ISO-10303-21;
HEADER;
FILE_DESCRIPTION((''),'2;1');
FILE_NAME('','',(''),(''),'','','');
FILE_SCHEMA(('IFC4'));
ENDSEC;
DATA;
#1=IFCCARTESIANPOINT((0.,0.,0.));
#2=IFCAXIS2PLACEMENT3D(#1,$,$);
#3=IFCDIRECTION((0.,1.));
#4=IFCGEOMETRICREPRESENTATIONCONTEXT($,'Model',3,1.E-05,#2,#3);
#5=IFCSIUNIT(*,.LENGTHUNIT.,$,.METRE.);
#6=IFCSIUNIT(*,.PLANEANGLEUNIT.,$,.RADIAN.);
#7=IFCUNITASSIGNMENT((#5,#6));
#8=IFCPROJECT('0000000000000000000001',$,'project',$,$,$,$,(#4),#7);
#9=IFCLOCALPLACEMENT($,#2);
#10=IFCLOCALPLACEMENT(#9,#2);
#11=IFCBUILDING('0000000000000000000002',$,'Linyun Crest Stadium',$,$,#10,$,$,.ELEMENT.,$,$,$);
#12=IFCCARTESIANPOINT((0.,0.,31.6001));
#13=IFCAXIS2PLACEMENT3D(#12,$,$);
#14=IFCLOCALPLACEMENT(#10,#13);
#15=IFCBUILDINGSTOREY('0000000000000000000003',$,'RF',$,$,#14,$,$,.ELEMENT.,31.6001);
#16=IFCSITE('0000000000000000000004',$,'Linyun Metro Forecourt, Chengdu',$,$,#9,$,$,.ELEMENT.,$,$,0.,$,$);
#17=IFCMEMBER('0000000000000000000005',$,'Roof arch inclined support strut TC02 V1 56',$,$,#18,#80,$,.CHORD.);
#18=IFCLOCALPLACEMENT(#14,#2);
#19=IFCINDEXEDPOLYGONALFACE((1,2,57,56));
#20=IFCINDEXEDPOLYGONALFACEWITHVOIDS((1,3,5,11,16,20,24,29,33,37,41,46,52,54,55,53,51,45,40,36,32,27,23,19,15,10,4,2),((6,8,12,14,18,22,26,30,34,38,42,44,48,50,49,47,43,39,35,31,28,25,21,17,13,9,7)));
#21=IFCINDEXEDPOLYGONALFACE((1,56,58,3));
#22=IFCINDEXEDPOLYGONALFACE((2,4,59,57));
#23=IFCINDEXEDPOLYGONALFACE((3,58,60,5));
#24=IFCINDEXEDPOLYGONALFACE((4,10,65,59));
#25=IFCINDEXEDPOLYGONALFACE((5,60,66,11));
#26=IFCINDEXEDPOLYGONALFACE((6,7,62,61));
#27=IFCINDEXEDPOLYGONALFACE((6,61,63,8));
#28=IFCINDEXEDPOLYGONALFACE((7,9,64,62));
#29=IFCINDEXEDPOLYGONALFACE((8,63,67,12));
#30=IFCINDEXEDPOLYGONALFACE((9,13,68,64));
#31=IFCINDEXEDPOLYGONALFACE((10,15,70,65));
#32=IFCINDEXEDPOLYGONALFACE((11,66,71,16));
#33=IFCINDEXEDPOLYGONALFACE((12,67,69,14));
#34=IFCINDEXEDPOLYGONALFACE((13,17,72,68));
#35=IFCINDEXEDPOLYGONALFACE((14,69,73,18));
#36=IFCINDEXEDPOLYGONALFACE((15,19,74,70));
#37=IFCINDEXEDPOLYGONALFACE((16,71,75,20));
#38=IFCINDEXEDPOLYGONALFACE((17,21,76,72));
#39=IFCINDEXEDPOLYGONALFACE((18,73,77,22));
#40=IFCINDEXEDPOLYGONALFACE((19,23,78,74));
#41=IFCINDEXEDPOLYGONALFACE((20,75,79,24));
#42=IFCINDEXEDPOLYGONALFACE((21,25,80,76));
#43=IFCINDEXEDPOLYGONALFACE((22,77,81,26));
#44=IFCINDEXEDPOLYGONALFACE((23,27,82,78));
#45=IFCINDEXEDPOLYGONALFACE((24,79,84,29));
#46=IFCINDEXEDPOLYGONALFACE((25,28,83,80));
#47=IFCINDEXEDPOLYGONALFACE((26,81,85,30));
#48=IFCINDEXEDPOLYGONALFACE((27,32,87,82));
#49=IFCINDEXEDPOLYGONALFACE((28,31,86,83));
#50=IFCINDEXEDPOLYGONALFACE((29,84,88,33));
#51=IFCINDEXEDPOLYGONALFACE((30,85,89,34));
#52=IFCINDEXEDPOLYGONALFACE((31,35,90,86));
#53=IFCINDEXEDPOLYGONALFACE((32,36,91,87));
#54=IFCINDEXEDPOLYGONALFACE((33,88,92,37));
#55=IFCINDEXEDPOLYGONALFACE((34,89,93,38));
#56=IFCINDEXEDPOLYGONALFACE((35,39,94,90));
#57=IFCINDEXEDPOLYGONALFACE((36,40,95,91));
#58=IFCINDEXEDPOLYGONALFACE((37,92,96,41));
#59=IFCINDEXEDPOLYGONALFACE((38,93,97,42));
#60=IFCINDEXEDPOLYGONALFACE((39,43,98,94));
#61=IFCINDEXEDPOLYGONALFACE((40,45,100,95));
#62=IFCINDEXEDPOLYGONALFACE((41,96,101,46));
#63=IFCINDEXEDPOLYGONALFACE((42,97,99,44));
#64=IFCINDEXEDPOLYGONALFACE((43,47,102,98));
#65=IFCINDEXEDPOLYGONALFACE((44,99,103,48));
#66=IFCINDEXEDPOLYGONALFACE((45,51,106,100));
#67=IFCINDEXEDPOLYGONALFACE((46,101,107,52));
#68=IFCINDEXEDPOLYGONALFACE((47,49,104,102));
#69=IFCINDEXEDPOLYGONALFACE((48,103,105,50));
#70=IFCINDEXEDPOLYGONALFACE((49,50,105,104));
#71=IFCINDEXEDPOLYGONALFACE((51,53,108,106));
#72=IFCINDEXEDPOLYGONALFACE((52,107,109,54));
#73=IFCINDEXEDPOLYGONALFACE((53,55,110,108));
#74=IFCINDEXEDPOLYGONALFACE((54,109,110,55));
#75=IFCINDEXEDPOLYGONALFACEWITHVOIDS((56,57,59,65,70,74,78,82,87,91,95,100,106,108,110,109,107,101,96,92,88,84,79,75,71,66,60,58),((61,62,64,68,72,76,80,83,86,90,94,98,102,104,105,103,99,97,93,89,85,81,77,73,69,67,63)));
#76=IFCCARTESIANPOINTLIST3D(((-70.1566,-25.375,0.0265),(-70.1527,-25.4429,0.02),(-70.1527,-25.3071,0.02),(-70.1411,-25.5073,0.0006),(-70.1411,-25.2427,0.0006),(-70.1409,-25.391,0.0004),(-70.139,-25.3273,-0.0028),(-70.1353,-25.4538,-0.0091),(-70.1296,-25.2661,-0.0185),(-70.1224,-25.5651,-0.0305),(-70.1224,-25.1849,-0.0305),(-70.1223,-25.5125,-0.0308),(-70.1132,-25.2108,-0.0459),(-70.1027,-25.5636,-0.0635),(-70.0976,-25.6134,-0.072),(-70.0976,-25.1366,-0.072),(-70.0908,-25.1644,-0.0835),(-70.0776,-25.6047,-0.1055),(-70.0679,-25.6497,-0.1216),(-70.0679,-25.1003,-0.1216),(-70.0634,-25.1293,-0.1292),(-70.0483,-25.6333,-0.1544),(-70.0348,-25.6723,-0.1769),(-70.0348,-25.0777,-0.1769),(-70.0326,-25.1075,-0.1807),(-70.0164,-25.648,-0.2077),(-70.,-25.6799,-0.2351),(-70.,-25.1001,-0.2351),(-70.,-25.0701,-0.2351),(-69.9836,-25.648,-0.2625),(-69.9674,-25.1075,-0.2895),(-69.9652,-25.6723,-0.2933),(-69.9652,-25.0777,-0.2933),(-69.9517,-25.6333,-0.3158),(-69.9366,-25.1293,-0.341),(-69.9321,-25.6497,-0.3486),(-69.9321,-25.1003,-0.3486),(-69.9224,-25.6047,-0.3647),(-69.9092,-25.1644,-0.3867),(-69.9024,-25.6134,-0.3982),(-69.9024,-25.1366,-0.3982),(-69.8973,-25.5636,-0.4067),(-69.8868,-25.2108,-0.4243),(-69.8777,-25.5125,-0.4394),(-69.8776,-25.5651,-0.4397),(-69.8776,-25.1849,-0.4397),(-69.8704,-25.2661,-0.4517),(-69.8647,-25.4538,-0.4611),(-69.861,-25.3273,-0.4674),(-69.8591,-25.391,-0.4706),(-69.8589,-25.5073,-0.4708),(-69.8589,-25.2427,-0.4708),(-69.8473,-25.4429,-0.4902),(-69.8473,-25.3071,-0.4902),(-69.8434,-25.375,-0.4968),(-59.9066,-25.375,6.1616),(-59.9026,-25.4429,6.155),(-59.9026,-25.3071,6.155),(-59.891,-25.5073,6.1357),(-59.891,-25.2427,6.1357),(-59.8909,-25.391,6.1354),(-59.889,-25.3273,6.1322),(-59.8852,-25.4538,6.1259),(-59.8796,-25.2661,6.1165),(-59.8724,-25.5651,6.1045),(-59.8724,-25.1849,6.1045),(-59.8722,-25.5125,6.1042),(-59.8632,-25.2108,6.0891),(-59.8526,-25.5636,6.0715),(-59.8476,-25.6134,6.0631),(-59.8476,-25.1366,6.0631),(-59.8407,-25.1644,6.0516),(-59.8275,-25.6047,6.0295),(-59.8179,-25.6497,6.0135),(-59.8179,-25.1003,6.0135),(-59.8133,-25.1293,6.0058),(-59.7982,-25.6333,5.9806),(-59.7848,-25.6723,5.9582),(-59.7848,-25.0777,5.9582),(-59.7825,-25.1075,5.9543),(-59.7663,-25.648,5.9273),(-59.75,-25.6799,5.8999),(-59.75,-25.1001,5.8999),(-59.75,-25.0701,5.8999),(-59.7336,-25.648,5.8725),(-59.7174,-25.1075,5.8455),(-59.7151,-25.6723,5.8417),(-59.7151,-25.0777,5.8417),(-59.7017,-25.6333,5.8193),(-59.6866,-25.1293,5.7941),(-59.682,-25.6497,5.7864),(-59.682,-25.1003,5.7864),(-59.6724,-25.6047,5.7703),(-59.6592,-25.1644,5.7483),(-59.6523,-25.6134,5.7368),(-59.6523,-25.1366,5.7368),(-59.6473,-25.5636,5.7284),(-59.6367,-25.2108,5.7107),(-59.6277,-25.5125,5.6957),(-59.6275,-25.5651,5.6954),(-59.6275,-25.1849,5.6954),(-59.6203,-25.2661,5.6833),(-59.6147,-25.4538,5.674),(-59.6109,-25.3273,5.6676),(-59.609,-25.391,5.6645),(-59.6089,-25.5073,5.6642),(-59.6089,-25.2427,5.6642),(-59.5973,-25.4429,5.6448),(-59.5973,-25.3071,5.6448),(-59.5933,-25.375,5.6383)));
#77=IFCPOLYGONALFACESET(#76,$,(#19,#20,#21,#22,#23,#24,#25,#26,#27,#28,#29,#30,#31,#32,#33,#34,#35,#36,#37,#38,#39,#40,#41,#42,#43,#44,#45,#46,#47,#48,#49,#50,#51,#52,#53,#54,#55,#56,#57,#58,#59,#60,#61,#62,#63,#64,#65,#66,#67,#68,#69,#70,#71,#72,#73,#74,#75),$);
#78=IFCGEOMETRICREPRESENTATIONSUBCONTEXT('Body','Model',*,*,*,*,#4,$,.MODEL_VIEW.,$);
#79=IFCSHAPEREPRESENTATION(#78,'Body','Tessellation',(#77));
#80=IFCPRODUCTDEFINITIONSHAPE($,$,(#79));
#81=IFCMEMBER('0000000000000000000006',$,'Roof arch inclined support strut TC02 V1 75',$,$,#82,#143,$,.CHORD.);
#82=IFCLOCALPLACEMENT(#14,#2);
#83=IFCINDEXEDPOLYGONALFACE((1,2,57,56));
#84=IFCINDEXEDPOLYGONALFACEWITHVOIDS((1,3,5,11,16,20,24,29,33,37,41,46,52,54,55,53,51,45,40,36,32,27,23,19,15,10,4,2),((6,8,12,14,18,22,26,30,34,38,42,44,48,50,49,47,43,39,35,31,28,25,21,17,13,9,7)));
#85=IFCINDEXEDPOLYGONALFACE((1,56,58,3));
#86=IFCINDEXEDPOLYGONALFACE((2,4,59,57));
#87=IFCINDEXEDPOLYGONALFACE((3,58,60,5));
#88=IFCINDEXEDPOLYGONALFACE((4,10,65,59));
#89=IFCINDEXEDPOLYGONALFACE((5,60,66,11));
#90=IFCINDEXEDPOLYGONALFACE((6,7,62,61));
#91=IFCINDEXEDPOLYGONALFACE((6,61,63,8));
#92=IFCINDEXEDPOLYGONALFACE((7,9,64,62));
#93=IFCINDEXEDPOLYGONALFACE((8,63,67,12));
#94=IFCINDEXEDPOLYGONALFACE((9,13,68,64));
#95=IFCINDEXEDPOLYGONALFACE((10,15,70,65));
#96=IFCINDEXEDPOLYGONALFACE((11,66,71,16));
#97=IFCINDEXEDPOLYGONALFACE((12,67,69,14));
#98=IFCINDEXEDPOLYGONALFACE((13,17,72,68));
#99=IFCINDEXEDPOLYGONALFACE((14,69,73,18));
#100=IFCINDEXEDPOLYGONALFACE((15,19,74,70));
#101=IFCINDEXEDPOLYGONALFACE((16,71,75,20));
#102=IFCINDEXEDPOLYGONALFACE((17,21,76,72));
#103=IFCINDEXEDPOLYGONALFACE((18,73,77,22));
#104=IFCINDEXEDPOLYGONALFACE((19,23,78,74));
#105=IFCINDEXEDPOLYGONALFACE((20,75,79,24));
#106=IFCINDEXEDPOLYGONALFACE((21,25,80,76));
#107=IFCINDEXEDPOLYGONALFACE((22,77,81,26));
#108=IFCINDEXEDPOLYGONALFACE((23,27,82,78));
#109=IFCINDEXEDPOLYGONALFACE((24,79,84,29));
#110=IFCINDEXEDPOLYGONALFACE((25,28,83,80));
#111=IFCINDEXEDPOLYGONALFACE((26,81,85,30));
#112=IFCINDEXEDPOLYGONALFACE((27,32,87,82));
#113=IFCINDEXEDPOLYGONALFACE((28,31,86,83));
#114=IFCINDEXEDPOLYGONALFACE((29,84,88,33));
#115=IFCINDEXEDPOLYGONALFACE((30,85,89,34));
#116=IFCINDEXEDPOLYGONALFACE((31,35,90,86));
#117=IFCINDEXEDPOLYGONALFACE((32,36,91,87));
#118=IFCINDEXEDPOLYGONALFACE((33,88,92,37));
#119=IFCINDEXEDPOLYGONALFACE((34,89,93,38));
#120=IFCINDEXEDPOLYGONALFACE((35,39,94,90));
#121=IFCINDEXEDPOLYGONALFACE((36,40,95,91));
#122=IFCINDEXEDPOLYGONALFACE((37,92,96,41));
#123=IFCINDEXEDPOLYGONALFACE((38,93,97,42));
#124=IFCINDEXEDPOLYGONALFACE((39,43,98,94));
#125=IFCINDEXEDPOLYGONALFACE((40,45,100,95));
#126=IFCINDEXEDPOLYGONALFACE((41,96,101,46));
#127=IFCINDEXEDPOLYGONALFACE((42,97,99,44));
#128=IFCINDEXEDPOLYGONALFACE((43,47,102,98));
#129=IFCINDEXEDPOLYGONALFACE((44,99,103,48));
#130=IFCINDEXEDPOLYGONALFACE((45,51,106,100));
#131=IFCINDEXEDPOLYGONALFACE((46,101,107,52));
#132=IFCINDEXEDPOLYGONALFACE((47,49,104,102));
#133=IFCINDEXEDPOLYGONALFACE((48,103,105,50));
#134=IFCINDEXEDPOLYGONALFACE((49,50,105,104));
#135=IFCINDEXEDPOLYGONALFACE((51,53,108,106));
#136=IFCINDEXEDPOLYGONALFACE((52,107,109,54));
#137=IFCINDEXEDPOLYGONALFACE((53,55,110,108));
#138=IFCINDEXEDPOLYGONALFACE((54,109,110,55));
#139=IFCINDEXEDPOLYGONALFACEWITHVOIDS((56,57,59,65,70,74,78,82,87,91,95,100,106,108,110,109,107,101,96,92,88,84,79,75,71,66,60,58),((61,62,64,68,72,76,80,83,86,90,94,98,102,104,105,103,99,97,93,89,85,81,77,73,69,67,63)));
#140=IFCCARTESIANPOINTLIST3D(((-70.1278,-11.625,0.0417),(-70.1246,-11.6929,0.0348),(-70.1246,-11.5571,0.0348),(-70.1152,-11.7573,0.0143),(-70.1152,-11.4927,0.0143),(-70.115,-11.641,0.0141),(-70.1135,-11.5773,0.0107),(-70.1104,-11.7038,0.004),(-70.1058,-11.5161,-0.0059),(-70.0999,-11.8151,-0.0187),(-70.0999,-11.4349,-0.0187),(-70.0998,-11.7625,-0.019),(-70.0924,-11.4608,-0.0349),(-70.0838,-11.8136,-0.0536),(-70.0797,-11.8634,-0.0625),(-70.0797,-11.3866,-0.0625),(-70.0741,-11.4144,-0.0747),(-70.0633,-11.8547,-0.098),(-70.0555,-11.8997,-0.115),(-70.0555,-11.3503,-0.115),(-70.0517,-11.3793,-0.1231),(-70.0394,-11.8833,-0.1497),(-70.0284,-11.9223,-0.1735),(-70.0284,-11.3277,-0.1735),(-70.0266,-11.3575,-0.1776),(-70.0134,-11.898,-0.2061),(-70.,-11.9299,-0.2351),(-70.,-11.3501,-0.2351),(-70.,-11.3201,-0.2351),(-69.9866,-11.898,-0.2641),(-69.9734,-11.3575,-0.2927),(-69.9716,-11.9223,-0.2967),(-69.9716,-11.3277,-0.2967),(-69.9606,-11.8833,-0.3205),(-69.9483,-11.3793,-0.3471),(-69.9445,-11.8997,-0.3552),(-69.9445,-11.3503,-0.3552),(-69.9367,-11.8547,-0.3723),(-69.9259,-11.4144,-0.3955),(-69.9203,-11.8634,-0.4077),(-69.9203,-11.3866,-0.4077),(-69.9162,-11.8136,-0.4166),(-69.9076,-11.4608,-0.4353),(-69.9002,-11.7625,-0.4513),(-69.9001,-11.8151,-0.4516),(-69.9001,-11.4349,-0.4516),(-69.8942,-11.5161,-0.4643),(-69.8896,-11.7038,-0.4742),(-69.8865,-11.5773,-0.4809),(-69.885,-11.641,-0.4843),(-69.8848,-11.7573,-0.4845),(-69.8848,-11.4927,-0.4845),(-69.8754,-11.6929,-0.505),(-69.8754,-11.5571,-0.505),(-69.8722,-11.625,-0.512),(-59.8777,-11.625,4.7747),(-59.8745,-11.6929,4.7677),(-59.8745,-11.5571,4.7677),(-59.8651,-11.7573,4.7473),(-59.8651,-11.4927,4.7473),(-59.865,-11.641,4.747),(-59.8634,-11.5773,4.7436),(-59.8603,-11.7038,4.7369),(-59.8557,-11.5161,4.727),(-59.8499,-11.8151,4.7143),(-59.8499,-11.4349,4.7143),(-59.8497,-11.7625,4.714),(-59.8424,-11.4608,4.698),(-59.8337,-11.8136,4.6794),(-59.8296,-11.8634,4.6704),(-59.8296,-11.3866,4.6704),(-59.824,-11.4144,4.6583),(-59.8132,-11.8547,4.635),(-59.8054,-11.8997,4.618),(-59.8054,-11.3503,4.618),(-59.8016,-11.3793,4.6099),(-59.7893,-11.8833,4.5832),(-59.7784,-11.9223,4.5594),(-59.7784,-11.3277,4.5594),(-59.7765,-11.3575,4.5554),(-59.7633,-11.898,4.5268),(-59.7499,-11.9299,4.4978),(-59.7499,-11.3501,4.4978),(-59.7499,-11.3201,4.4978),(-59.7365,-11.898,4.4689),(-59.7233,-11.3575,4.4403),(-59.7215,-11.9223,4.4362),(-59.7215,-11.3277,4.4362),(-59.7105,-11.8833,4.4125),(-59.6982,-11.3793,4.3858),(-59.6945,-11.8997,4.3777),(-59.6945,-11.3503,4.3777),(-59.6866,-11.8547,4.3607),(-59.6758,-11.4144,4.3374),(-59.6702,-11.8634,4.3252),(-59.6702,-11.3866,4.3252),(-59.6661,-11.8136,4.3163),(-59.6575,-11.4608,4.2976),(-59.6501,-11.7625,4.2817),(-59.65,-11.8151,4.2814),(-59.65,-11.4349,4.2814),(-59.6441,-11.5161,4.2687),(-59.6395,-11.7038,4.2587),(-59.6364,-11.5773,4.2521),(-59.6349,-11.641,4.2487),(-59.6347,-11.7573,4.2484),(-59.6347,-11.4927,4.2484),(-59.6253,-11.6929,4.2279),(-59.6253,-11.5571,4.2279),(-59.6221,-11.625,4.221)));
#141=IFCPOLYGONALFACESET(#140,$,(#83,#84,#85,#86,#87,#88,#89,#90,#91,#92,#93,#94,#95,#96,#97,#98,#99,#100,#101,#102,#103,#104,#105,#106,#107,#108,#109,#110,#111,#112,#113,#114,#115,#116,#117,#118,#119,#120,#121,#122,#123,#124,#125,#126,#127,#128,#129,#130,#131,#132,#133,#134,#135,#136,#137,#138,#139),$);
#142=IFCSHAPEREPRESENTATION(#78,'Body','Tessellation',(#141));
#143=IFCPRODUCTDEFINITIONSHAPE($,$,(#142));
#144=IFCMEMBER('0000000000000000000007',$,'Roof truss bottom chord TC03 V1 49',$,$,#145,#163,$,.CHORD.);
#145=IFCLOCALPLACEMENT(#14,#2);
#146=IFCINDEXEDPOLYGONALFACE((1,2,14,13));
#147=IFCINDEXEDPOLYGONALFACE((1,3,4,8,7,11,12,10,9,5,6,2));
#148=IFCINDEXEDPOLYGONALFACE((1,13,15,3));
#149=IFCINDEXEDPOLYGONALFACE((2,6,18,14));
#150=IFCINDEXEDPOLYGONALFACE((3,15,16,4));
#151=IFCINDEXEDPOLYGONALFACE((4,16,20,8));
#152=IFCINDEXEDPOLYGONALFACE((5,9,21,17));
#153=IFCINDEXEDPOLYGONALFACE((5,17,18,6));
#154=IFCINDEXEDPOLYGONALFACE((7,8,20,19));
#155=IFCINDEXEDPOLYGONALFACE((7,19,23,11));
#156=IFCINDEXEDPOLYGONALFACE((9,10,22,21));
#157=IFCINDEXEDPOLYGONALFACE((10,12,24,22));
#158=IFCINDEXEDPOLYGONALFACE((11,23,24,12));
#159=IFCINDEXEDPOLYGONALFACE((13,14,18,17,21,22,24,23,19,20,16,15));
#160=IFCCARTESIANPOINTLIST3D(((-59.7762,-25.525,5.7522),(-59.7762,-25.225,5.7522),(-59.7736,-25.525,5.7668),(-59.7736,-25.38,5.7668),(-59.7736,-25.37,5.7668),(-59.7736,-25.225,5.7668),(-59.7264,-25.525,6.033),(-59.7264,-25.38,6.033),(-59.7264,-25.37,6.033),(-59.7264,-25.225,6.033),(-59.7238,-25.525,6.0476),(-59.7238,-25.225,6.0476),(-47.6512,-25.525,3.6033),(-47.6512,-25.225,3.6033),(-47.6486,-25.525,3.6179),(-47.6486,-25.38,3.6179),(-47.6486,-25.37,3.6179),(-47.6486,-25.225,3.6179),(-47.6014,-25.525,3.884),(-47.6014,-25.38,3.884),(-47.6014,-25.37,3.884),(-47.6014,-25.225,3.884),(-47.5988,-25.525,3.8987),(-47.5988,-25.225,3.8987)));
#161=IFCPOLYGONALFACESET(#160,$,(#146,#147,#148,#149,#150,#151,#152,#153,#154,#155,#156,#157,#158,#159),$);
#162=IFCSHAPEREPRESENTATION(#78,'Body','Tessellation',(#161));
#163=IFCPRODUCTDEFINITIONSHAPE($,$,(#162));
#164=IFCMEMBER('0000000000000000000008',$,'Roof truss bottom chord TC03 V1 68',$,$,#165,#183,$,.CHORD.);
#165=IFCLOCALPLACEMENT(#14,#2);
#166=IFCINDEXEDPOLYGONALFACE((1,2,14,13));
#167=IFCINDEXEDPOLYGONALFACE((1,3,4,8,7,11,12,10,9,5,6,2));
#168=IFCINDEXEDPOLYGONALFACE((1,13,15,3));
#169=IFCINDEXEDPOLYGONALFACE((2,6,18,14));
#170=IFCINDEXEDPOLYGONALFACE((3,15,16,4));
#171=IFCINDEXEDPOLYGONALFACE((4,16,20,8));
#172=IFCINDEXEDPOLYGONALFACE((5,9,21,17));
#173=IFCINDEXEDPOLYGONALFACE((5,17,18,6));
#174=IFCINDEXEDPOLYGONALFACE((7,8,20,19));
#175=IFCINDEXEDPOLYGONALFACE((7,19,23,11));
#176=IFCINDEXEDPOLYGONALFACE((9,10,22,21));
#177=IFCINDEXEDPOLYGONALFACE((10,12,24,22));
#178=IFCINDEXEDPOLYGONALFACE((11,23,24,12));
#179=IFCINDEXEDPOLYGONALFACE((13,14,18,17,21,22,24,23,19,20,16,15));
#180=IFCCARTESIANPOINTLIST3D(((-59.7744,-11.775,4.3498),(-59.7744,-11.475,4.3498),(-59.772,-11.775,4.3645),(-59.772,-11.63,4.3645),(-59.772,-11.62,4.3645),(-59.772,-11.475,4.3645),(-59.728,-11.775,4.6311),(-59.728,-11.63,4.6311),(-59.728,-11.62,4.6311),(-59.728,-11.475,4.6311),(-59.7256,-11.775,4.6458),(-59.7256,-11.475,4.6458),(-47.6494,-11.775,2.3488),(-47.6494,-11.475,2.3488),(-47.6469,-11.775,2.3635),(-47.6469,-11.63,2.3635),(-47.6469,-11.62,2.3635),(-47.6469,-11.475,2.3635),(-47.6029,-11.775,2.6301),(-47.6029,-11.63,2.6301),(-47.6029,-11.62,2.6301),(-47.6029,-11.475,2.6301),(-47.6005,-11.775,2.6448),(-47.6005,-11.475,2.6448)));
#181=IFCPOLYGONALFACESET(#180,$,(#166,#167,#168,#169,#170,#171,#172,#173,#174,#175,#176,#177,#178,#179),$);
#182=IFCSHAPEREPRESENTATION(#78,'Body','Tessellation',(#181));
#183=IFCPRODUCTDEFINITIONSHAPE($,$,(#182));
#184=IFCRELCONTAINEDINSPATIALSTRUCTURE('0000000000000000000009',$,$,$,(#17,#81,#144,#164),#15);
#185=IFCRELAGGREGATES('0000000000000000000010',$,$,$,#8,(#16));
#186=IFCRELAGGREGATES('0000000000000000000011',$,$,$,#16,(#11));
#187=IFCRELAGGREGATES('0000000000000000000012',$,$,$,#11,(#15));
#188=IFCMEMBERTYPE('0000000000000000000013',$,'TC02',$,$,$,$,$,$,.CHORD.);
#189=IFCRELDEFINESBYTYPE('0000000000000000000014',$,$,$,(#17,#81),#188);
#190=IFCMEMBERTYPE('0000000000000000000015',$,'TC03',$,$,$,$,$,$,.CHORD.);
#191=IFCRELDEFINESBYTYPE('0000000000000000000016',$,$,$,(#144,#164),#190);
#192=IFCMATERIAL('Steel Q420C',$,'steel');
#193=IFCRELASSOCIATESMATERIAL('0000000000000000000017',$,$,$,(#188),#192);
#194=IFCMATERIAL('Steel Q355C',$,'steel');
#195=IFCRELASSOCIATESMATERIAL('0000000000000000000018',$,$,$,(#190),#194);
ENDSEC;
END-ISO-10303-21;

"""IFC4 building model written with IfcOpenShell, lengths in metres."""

from ifc_helpers import new_model, si_unit, direction, frame, origin, origin_2d, place, context, subcontext, project, spatial, hollow_circle, i_section, extrude, material, material_profile, profile_set, type_object, element, save


model = new_model("IFC4")

# Units and contexts
model_context = context("Model", 3, precision=1e-05, world=origin(), true_north=direction((0.0, 1.0)))
body_context = subcontext(model_context, "Body", "Model", "MODEL_VIEW")
ifc_project = project(units=[si_unit("LENGTHUNIT", "METRE"), si_unit("PLANEANGLEUNIT", "RADIAN")], contexts=[model_context])

# Site, building, storey
site_placement = place(None, origin())
site = spatial("IfcSite", under=ifc_project, at=site_placement, Name="Linyun Metro Forecourt, Chengdu", CompositionType="ELEMENT", RefElevation=0.0)
building_placement = place(site_placement, origin())
building = spatial("IfcBuilding", under=site, at=building_placement, Name="Linyun Crest Stadium", CompositionType="ELEMENT")
storey_placement = place(building_placement, frame((0.0, 0.0, 31.6001)))
storey = spatial("IfcBuildingStorey", under=building, at=storey_placement, Name="RF", CompositionType="ELEMENT", Elevation=31.6001)

# Members
ifc_material_1 = material(Name="Steel Q420C", Category="steel")
ifc_material_profile_1 = material_profile(ifc_material_1, hollow_circle(Radius=0.3049, WallThickness=0.03, at=origin_2d()), Name="CHS 610x30")
ifc_profile_set_1 = profile_set([ifc_material_profile_1], Name="Steel Q420C")
member_type_1 = type_object("IfcMemberType", Name="TC02", PredefinedType="CHORD", material=ifc_profile_set_1)
member_1_placement = place(storey_placement, frame((-70.0, -25.375, -0.2351), z_axis=(0.858046, 0.0, 0.513573), x_axis=(0.0, 1.0, 0.0)))
element("IfcMember", 1, at=member_1_placement, inside=storey, type_object=member_type_1, Name="Roof arch inclined support strut TC02 V1 56", PredefinedType="CHORD", context=body_context, shape_type="SweptSolid", body=[
    extrude(hollow_circle(Radius=0.3049, WallThickness=0.03, at=origin_2d()), origin(), (0.0, 0.0, 1.0), 11.9458),
])
member_2_placement = place(storey_placement, frame((-70.0, -11.625, -0.2351), z_axis=(0.907887, 0.0, 0.419215), x_axis=(0.0, 1.0, 0.0)))
element("IfcMember", 2, at=member_2_placement, inside=storey, type_object=member_type_1, Name="Roof arch inclined support strut TC02 V1 75", PredefinedType="CHORD", context=body_context, shape_type="SweptSolid", body=[
    extrude(hollow_circle(Radius=0.3049, WallThickness=0.03, at=origin_2d()), origin(), (0.0, 0.0, 1.0), 11.29),
])
ifc_material_2 = material(Name="Steel Q355C", Category="steel")
ifc_material_profile_2 = material_profile(ifc_material_2, i_section(OverallWidth=0.3, OverallDepth=0.3, WebThickness=0.01, FlangeThickness=0.0149, at=origin_2d()), Name="HW 300x300")
ifc_profile_set_2 = profile_set([ifc_material_profile_2], Name="Steel Q355C")
member_type_2 = type_object("IfcMemberType", Name="TC03", PredefinedType="CHORD", material=ifc_profile_set_2)
member_3_placement = place(storey_placement, frame((-59.75, -25.375, 5.8999), z_axis=(0.984655, 0.0, -0.174511), x_axis=(0.0, 1.0, 0.0)))
element("IfcMember", 3, at=member_3_placement, inside=storey, type_object=member_type_2, Name="Roof truss bottom chord TC03 V1 49", PredefinedType="CHORD", context=body_context, shape_type="SweptSolid", body=[
    extrude(i_section(OverallWidth=0.3, OverallDepth=0.3, WebThickness=0.01, FlangeThickness=0.0149, at=origin_2d()), origin(), (0.0, 0.0, 1.0), 12.314),
])
member_4_placement = place(storey_placement, frame((-59.75, -11.625, 4.4978), z_axis=(0.986655, 0.0, -0.162827), x_axis=(0.0, 1.0, 0.0)))
element("IfcMember", 4, at=member_4_placement, inside=storey, type_object=member_type_2, Name="Roof truss bottom chord TC03 V1 68", PredefinedType="CHORD", context=body_context, shape_type="SweptSolid", body=[
    extrude(i_section(OverallWidth=0.3, OverallDepth=0.3, WebThickness=0.01, FlangeThickness=0.0149, at=origin_2d()), origin(), (0.0, 0.0, 1.0), 12.2891),
])

save(model, "model.ifc")
